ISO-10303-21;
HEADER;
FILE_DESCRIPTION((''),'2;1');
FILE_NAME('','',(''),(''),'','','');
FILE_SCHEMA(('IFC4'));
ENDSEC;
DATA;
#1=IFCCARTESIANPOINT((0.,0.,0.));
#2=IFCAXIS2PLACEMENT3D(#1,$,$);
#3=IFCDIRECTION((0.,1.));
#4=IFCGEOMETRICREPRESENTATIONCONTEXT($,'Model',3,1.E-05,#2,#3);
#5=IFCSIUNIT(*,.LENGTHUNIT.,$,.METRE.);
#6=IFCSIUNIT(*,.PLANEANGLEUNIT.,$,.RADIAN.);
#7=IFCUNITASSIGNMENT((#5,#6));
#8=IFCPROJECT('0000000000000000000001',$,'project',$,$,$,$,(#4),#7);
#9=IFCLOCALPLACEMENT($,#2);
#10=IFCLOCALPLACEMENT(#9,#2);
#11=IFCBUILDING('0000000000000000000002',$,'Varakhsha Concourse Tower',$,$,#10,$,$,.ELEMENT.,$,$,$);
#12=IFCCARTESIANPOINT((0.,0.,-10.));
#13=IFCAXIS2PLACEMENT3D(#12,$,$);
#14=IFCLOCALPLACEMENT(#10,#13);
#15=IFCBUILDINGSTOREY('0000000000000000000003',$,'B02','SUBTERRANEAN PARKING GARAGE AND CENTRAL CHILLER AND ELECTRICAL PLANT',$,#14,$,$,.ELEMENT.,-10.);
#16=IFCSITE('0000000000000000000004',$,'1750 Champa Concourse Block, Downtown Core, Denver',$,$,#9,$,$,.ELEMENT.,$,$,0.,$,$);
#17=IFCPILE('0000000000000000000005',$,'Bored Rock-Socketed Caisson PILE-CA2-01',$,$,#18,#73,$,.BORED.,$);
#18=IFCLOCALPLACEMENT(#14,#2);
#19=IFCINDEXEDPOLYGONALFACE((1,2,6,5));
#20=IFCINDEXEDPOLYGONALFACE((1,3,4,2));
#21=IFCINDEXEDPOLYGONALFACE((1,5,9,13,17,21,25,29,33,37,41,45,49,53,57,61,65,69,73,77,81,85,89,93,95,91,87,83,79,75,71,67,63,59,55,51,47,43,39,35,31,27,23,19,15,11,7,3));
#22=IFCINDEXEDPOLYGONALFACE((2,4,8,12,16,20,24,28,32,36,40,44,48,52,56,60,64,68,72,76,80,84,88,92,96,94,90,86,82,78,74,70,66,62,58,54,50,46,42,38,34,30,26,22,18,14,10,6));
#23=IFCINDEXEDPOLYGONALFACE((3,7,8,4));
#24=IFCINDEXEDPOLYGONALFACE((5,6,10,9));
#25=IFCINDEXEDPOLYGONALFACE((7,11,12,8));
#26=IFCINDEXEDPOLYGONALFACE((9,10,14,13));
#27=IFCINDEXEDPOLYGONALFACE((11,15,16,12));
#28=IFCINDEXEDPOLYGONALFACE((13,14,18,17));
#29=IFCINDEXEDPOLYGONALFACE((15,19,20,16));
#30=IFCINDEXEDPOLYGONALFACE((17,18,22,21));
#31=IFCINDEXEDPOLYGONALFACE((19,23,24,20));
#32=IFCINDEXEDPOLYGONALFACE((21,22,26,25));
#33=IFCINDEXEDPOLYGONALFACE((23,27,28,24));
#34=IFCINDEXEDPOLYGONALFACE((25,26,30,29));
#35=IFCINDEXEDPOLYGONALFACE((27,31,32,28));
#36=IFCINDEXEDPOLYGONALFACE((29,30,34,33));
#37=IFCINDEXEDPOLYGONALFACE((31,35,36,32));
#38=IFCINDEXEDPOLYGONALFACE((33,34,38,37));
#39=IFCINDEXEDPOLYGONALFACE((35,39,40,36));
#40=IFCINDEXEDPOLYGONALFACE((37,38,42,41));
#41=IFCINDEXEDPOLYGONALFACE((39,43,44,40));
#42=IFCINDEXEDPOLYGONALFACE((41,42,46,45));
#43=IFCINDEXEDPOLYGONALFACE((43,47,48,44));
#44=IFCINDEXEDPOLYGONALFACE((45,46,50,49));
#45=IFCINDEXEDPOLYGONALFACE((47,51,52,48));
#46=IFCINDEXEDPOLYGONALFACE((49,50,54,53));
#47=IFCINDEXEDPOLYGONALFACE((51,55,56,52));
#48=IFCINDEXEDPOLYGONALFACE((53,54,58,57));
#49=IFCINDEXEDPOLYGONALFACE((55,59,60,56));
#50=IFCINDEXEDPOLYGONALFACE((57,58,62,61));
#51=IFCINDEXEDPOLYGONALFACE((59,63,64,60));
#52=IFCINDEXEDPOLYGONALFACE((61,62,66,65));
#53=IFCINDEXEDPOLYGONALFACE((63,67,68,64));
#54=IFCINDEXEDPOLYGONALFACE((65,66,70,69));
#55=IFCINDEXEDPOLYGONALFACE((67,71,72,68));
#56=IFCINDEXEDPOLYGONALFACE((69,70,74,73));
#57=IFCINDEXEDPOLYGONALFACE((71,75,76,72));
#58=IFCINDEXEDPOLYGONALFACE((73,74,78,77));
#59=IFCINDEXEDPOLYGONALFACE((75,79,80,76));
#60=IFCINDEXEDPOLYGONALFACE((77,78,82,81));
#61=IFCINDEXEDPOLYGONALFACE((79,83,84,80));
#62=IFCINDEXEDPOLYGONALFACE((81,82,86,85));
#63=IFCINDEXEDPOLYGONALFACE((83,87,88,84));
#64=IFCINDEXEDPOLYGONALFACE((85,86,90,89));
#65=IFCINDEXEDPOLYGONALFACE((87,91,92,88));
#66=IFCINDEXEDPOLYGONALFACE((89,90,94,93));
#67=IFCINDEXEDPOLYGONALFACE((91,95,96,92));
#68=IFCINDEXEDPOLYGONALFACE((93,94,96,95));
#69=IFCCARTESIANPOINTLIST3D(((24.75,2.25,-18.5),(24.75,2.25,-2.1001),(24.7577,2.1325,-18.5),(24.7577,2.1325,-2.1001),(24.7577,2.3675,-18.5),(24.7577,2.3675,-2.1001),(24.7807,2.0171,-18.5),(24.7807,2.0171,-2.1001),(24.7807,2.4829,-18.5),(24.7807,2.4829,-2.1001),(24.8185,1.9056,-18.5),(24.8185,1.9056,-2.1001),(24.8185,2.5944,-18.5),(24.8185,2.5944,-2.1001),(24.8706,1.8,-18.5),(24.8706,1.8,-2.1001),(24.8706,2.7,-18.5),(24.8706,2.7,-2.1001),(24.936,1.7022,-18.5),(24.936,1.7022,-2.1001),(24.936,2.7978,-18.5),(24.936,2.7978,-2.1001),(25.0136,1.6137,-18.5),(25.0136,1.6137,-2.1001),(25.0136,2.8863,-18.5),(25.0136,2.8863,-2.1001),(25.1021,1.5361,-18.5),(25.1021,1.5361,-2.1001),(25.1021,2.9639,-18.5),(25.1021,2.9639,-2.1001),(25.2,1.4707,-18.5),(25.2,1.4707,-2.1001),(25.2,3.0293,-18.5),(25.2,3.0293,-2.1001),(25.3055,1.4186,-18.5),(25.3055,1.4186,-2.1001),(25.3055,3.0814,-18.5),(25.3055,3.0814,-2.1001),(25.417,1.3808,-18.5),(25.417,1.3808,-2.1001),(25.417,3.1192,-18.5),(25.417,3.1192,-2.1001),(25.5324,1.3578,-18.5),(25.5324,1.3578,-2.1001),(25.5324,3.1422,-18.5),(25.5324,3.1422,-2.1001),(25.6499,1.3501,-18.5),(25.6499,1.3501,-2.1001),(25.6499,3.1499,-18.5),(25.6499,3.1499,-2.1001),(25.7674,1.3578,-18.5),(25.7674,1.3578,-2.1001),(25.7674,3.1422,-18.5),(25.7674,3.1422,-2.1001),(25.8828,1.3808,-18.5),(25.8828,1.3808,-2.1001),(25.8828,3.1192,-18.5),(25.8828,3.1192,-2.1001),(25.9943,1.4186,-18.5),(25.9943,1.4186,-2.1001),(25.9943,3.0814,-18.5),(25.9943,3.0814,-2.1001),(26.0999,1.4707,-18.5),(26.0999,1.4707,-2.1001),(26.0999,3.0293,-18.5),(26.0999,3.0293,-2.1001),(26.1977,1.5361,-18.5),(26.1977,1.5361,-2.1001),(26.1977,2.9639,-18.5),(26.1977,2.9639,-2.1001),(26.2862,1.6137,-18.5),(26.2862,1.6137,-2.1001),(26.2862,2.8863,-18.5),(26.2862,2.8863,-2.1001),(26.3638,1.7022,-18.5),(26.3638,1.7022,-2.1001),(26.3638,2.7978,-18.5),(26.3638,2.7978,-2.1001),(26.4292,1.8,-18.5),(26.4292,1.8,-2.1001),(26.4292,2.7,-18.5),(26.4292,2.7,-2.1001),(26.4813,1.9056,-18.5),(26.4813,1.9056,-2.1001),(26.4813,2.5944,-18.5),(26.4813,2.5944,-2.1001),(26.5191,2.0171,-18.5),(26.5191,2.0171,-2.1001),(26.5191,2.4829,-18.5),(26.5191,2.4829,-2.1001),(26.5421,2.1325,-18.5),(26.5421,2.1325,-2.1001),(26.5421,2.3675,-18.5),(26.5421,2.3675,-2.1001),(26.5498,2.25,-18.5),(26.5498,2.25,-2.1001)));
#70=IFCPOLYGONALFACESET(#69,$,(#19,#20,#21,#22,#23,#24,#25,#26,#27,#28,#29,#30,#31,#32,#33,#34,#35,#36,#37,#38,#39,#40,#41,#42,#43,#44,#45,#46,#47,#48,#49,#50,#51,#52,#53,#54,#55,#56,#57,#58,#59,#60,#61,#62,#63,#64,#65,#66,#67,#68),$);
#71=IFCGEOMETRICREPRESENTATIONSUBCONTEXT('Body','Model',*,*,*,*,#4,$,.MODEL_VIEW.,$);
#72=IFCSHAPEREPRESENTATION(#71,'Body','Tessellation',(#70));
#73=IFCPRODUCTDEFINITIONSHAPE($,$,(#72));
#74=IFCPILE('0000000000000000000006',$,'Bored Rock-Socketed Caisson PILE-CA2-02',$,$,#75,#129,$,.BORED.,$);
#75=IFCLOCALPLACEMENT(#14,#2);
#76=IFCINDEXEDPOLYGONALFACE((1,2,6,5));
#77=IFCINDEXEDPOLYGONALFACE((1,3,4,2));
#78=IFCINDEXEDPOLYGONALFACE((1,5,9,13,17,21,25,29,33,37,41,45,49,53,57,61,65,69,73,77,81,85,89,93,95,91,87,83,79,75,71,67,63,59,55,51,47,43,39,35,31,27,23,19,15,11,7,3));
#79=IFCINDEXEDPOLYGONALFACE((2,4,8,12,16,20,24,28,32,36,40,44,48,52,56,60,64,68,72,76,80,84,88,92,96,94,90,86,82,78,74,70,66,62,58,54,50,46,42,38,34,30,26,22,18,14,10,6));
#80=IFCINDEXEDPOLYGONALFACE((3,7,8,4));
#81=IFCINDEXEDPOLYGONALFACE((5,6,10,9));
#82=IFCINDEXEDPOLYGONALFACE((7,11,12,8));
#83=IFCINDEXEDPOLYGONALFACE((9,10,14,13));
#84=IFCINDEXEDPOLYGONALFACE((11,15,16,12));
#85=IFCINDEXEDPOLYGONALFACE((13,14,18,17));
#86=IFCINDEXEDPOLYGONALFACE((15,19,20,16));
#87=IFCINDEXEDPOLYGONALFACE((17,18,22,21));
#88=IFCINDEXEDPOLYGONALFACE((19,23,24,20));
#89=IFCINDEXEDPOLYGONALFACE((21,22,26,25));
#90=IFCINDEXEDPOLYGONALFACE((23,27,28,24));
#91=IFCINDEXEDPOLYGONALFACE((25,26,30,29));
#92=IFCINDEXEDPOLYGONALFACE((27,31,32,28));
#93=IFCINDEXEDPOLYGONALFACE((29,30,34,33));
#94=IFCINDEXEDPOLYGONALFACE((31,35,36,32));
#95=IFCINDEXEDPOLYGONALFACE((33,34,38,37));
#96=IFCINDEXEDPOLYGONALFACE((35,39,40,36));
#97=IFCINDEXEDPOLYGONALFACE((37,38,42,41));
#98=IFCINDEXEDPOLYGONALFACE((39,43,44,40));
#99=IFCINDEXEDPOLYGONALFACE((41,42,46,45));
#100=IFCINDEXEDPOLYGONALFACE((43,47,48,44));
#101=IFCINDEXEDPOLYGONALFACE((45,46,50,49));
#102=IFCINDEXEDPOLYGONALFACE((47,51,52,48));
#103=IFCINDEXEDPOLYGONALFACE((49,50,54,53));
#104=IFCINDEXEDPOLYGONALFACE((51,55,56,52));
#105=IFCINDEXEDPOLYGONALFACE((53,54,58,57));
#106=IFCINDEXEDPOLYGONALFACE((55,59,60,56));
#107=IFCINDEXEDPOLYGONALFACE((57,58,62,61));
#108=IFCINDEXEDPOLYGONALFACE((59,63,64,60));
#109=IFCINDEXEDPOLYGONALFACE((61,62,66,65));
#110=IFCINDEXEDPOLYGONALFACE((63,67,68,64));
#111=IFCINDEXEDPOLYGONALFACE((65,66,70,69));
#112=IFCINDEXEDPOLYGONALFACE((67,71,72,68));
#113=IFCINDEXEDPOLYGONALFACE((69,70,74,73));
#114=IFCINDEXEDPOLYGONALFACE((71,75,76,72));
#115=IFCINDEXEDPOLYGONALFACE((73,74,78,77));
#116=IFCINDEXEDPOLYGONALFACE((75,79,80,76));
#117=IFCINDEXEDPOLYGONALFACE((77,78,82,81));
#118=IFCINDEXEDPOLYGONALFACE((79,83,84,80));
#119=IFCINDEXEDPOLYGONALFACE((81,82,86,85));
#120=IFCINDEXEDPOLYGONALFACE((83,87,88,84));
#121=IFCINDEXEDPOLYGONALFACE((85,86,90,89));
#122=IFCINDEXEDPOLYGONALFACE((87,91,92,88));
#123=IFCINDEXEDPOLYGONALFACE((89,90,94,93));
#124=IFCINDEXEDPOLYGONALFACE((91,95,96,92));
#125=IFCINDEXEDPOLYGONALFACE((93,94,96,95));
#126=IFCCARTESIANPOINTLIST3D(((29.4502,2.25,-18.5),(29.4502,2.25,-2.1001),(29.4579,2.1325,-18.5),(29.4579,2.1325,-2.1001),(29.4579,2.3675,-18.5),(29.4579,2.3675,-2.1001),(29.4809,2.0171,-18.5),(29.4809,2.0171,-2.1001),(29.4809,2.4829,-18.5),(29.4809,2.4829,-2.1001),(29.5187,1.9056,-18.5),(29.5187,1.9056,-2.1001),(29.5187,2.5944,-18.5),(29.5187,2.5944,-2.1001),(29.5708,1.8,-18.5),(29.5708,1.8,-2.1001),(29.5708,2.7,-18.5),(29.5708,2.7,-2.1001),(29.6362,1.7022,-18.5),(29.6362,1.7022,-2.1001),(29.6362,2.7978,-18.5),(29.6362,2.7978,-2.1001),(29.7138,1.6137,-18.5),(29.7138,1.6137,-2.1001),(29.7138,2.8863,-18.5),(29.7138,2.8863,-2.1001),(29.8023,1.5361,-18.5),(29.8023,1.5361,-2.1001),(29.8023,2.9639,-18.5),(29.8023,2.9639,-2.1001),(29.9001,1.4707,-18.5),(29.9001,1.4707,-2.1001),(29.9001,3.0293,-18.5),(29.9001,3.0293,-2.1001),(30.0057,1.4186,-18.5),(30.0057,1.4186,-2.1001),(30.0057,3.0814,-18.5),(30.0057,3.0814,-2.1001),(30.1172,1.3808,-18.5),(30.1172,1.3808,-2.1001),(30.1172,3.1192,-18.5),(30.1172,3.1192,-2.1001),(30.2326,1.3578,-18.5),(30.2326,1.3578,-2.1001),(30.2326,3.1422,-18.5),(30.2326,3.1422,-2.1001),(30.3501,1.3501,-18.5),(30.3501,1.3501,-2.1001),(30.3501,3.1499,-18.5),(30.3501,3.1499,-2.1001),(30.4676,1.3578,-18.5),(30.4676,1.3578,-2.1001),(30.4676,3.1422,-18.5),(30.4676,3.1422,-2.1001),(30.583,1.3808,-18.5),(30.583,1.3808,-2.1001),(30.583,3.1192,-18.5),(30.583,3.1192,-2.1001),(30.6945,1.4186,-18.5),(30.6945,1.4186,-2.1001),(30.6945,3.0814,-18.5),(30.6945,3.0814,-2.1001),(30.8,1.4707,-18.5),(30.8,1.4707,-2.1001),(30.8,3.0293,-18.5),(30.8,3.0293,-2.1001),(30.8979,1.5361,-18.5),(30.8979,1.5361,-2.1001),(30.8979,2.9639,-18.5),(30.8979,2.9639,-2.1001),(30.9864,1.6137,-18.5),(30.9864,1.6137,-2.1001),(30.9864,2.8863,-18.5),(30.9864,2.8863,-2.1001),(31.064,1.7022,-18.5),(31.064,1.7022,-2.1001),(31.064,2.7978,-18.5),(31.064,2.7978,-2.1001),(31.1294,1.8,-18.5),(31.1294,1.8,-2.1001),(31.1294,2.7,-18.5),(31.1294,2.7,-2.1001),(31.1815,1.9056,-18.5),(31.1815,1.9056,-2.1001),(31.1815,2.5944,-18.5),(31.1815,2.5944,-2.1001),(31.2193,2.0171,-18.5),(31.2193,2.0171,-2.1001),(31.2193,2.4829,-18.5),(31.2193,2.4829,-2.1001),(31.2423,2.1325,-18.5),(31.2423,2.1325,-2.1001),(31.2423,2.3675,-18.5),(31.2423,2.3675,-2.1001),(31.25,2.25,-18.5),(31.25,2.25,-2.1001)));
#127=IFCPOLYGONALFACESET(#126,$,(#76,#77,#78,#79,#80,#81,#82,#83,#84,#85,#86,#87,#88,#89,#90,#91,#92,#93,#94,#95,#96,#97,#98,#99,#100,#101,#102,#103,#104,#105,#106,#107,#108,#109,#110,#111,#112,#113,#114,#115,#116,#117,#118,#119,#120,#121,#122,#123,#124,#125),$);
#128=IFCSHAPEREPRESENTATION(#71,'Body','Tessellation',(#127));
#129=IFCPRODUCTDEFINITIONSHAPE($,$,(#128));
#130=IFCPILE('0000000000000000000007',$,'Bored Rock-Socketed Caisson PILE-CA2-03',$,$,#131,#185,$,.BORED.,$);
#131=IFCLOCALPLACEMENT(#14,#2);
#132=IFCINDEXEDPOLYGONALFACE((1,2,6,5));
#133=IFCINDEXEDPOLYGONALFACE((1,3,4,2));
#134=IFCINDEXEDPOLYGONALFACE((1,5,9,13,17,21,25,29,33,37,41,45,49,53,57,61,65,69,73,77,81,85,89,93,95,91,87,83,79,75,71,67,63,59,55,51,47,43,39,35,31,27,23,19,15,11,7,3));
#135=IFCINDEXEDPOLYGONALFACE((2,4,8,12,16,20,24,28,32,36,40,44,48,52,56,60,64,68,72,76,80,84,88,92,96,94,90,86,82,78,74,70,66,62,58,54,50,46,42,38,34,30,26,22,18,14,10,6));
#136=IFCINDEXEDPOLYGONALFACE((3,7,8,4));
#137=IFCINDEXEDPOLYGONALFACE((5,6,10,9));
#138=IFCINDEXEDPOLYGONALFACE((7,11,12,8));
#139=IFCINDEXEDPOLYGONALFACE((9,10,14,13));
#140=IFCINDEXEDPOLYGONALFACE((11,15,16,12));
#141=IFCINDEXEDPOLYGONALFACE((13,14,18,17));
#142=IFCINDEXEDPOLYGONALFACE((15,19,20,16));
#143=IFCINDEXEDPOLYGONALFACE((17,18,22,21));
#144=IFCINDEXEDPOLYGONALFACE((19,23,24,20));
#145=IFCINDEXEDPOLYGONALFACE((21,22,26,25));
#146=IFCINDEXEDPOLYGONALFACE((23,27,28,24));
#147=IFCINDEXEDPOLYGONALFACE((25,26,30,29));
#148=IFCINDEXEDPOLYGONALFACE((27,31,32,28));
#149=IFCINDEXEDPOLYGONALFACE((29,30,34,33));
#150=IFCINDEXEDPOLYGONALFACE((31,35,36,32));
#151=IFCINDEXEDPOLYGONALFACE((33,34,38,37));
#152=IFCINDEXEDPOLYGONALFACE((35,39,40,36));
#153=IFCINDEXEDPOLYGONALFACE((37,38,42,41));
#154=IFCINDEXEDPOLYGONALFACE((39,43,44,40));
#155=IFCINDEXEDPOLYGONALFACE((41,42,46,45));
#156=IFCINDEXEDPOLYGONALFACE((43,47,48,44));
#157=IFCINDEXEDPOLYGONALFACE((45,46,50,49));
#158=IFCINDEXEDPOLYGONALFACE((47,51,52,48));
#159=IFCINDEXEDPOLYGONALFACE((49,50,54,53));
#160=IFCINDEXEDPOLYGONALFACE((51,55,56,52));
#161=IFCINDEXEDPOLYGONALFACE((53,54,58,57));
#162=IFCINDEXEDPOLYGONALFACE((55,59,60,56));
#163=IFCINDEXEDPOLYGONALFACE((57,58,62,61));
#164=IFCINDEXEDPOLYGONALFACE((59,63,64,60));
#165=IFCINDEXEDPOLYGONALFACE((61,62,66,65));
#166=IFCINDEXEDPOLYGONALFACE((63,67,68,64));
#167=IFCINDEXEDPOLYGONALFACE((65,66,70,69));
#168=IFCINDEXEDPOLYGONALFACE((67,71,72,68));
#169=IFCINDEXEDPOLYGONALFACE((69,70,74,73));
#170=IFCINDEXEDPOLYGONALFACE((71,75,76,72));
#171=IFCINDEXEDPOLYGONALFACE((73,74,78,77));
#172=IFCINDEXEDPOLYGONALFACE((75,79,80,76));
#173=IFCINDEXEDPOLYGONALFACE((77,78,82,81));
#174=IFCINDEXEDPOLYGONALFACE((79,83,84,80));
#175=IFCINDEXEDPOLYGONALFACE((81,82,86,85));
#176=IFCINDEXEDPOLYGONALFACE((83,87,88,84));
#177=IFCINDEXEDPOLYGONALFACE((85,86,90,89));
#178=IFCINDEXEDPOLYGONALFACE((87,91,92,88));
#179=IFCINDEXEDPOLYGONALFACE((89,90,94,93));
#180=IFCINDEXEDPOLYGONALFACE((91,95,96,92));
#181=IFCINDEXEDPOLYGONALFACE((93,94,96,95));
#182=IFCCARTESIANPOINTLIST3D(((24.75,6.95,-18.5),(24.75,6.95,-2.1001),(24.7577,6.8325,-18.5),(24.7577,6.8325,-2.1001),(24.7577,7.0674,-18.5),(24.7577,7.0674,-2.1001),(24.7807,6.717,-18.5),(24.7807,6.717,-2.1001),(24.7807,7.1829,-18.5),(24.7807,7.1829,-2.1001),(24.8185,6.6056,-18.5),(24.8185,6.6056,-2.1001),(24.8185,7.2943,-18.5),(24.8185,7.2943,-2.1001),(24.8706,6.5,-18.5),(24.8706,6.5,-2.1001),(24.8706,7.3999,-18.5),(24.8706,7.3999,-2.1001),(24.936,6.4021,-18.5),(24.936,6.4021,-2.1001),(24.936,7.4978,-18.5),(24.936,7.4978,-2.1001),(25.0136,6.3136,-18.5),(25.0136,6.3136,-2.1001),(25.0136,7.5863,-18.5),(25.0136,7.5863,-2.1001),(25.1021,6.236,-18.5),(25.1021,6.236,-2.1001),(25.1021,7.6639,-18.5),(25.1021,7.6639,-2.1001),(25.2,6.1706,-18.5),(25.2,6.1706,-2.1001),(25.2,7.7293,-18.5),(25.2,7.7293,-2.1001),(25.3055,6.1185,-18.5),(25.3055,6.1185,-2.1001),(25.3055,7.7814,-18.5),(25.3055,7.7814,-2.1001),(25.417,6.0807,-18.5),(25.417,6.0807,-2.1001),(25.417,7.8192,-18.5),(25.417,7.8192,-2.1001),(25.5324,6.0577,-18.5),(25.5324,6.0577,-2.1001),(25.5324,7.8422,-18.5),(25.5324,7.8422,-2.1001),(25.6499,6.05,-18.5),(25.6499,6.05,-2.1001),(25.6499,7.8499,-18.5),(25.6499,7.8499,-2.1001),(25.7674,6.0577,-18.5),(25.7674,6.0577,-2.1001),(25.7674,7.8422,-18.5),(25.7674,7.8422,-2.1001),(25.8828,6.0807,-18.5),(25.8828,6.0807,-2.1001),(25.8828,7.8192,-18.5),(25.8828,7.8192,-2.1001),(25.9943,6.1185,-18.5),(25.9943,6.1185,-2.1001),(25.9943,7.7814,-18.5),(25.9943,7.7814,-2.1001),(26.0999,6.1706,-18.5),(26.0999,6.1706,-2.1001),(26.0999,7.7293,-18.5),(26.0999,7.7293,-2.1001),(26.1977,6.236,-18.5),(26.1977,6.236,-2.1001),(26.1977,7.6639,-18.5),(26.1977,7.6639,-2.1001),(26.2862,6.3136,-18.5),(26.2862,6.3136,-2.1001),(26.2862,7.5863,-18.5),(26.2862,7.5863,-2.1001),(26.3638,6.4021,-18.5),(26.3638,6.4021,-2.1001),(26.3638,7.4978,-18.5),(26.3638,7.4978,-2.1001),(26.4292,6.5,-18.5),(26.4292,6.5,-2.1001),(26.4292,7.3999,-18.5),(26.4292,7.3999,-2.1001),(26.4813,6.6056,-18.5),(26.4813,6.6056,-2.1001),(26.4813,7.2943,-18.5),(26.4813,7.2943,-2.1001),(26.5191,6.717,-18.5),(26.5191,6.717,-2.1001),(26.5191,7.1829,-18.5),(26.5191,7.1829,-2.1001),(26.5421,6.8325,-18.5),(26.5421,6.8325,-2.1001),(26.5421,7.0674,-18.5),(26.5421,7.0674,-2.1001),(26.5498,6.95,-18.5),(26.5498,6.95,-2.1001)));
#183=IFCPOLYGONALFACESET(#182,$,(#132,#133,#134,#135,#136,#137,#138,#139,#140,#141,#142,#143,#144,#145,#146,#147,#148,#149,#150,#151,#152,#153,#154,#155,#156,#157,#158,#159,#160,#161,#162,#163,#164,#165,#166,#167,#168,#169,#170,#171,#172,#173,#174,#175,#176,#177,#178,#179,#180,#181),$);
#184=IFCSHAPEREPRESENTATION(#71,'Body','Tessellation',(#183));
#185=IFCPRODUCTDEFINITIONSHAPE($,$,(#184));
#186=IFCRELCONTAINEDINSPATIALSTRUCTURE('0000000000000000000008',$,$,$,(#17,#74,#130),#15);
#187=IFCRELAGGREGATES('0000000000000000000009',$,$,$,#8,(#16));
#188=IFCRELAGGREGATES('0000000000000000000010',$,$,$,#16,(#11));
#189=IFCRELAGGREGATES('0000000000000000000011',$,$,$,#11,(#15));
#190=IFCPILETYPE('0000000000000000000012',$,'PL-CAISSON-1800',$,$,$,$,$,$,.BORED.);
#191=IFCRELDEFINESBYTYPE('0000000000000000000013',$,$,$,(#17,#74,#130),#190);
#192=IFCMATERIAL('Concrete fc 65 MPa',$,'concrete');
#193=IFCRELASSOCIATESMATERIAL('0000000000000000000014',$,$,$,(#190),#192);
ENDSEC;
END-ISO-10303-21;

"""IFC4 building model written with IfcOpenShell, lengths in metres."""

from ifc_helpers import new_model, si_unit, direction, frame, origin, origin_2d, place, context, subcontext, project, spatial, circle, extrude, material, material_profile, profile_set, type_object, element, save


model = new_model("IFC4")

# Units and contexts
model_context = context("Model", 3, precision=1e-05, world=origin(), true_north=direction((0.0, 1.0)))
body_context = subcontext(model_context, "Body", "Model", "MODEL_VIEW")
ifc_project = project(units=[si_unit("LENGTHUNIT", "METRE"), si_unit("PLANEANGLEUNIT", "RADIAN")], contexts=[model_context])

# Site, building, storey
site_placement = place(None, origin())
site = spatial("IfcSite", under=ifc_project, at=site_placement, Name="1750 Champa Concourse Block, Downtown Core, Denver", CompositionType="ELEMENT", RefElevation=0.0)
building_placement = place(site_placement, origin())
building = spatial("IfcBuilding", under=site, at=building_placement, Name="Varakhsha Concourse Tower", CompositionType="ELEMENT")
storey_placement = place(building_placement, frame((0.0, 0.0, -10.0)))
storey = spatial("IfcBuildingStorey", under=building, at=storey_placement, Name="B02", Description="SUBTERRANEAN PARKING GARAGE AND CENTRAL CHILLER AND ELECTRICAL PLANT", CompositionType="ELEMENT", Elevation=-10.0)

# Shared definitions
ifc_material_1 = material(Name="Concrete fc 65 MPa", Category="concrete")

# Piles
ifc_material_profile_1 = material_profile(ifc_material_1, circle(Radius=0.8999, at=origin_2d()), Name="CAISSON D1800")
ifc_profile_set_1 = profile_set([ifc_material_profile_1], Name="Concrete fc 65 MPa")
pile_type_1 = type_object("IfcPileType", Name="PL-CAISSON-1800", PredefinedType="BORED", material=ifc_profile_set_1)
for number, where, z_axis, x_axis, name in (
    (1, (25.6499, 2.25, -2.1001), (0.0, 0.0, -1.0), (1.0, 0.0, 0.0), "Bored Rock-Socketed Caisson PILE-CA2-01"),
    (2, (30.3501, 2.25, -2.1001), (0.0, 0.0, -1.0), (1.0, 0.0, 0.0), "Bored Rock-Socketed Caisson PILE-CA2-02"),
    (3, (25.6499, 6.95, -2.1001), (0.0, 0.0, -1.0), (1.0, 0.0, 0.0), "Bored Rock-Socketed Caisson PILE-CA2-03"),
):
    element("IfcPile", number, at=place(storey_placement, frame(where, z_axis=z_axis, x_axis=x_axis)), inside=storey, type_object=pile_type_1, Name=name, PredefinedType="BORED", context=body_context, shape_type="SweptSolid", body=[
        extrude(circle(Radius=0.8999, at=origin_2d()), origin(), (0.0, 0.0, 1.0), 16.3999),
    ])

save(model, "model.ifc")
